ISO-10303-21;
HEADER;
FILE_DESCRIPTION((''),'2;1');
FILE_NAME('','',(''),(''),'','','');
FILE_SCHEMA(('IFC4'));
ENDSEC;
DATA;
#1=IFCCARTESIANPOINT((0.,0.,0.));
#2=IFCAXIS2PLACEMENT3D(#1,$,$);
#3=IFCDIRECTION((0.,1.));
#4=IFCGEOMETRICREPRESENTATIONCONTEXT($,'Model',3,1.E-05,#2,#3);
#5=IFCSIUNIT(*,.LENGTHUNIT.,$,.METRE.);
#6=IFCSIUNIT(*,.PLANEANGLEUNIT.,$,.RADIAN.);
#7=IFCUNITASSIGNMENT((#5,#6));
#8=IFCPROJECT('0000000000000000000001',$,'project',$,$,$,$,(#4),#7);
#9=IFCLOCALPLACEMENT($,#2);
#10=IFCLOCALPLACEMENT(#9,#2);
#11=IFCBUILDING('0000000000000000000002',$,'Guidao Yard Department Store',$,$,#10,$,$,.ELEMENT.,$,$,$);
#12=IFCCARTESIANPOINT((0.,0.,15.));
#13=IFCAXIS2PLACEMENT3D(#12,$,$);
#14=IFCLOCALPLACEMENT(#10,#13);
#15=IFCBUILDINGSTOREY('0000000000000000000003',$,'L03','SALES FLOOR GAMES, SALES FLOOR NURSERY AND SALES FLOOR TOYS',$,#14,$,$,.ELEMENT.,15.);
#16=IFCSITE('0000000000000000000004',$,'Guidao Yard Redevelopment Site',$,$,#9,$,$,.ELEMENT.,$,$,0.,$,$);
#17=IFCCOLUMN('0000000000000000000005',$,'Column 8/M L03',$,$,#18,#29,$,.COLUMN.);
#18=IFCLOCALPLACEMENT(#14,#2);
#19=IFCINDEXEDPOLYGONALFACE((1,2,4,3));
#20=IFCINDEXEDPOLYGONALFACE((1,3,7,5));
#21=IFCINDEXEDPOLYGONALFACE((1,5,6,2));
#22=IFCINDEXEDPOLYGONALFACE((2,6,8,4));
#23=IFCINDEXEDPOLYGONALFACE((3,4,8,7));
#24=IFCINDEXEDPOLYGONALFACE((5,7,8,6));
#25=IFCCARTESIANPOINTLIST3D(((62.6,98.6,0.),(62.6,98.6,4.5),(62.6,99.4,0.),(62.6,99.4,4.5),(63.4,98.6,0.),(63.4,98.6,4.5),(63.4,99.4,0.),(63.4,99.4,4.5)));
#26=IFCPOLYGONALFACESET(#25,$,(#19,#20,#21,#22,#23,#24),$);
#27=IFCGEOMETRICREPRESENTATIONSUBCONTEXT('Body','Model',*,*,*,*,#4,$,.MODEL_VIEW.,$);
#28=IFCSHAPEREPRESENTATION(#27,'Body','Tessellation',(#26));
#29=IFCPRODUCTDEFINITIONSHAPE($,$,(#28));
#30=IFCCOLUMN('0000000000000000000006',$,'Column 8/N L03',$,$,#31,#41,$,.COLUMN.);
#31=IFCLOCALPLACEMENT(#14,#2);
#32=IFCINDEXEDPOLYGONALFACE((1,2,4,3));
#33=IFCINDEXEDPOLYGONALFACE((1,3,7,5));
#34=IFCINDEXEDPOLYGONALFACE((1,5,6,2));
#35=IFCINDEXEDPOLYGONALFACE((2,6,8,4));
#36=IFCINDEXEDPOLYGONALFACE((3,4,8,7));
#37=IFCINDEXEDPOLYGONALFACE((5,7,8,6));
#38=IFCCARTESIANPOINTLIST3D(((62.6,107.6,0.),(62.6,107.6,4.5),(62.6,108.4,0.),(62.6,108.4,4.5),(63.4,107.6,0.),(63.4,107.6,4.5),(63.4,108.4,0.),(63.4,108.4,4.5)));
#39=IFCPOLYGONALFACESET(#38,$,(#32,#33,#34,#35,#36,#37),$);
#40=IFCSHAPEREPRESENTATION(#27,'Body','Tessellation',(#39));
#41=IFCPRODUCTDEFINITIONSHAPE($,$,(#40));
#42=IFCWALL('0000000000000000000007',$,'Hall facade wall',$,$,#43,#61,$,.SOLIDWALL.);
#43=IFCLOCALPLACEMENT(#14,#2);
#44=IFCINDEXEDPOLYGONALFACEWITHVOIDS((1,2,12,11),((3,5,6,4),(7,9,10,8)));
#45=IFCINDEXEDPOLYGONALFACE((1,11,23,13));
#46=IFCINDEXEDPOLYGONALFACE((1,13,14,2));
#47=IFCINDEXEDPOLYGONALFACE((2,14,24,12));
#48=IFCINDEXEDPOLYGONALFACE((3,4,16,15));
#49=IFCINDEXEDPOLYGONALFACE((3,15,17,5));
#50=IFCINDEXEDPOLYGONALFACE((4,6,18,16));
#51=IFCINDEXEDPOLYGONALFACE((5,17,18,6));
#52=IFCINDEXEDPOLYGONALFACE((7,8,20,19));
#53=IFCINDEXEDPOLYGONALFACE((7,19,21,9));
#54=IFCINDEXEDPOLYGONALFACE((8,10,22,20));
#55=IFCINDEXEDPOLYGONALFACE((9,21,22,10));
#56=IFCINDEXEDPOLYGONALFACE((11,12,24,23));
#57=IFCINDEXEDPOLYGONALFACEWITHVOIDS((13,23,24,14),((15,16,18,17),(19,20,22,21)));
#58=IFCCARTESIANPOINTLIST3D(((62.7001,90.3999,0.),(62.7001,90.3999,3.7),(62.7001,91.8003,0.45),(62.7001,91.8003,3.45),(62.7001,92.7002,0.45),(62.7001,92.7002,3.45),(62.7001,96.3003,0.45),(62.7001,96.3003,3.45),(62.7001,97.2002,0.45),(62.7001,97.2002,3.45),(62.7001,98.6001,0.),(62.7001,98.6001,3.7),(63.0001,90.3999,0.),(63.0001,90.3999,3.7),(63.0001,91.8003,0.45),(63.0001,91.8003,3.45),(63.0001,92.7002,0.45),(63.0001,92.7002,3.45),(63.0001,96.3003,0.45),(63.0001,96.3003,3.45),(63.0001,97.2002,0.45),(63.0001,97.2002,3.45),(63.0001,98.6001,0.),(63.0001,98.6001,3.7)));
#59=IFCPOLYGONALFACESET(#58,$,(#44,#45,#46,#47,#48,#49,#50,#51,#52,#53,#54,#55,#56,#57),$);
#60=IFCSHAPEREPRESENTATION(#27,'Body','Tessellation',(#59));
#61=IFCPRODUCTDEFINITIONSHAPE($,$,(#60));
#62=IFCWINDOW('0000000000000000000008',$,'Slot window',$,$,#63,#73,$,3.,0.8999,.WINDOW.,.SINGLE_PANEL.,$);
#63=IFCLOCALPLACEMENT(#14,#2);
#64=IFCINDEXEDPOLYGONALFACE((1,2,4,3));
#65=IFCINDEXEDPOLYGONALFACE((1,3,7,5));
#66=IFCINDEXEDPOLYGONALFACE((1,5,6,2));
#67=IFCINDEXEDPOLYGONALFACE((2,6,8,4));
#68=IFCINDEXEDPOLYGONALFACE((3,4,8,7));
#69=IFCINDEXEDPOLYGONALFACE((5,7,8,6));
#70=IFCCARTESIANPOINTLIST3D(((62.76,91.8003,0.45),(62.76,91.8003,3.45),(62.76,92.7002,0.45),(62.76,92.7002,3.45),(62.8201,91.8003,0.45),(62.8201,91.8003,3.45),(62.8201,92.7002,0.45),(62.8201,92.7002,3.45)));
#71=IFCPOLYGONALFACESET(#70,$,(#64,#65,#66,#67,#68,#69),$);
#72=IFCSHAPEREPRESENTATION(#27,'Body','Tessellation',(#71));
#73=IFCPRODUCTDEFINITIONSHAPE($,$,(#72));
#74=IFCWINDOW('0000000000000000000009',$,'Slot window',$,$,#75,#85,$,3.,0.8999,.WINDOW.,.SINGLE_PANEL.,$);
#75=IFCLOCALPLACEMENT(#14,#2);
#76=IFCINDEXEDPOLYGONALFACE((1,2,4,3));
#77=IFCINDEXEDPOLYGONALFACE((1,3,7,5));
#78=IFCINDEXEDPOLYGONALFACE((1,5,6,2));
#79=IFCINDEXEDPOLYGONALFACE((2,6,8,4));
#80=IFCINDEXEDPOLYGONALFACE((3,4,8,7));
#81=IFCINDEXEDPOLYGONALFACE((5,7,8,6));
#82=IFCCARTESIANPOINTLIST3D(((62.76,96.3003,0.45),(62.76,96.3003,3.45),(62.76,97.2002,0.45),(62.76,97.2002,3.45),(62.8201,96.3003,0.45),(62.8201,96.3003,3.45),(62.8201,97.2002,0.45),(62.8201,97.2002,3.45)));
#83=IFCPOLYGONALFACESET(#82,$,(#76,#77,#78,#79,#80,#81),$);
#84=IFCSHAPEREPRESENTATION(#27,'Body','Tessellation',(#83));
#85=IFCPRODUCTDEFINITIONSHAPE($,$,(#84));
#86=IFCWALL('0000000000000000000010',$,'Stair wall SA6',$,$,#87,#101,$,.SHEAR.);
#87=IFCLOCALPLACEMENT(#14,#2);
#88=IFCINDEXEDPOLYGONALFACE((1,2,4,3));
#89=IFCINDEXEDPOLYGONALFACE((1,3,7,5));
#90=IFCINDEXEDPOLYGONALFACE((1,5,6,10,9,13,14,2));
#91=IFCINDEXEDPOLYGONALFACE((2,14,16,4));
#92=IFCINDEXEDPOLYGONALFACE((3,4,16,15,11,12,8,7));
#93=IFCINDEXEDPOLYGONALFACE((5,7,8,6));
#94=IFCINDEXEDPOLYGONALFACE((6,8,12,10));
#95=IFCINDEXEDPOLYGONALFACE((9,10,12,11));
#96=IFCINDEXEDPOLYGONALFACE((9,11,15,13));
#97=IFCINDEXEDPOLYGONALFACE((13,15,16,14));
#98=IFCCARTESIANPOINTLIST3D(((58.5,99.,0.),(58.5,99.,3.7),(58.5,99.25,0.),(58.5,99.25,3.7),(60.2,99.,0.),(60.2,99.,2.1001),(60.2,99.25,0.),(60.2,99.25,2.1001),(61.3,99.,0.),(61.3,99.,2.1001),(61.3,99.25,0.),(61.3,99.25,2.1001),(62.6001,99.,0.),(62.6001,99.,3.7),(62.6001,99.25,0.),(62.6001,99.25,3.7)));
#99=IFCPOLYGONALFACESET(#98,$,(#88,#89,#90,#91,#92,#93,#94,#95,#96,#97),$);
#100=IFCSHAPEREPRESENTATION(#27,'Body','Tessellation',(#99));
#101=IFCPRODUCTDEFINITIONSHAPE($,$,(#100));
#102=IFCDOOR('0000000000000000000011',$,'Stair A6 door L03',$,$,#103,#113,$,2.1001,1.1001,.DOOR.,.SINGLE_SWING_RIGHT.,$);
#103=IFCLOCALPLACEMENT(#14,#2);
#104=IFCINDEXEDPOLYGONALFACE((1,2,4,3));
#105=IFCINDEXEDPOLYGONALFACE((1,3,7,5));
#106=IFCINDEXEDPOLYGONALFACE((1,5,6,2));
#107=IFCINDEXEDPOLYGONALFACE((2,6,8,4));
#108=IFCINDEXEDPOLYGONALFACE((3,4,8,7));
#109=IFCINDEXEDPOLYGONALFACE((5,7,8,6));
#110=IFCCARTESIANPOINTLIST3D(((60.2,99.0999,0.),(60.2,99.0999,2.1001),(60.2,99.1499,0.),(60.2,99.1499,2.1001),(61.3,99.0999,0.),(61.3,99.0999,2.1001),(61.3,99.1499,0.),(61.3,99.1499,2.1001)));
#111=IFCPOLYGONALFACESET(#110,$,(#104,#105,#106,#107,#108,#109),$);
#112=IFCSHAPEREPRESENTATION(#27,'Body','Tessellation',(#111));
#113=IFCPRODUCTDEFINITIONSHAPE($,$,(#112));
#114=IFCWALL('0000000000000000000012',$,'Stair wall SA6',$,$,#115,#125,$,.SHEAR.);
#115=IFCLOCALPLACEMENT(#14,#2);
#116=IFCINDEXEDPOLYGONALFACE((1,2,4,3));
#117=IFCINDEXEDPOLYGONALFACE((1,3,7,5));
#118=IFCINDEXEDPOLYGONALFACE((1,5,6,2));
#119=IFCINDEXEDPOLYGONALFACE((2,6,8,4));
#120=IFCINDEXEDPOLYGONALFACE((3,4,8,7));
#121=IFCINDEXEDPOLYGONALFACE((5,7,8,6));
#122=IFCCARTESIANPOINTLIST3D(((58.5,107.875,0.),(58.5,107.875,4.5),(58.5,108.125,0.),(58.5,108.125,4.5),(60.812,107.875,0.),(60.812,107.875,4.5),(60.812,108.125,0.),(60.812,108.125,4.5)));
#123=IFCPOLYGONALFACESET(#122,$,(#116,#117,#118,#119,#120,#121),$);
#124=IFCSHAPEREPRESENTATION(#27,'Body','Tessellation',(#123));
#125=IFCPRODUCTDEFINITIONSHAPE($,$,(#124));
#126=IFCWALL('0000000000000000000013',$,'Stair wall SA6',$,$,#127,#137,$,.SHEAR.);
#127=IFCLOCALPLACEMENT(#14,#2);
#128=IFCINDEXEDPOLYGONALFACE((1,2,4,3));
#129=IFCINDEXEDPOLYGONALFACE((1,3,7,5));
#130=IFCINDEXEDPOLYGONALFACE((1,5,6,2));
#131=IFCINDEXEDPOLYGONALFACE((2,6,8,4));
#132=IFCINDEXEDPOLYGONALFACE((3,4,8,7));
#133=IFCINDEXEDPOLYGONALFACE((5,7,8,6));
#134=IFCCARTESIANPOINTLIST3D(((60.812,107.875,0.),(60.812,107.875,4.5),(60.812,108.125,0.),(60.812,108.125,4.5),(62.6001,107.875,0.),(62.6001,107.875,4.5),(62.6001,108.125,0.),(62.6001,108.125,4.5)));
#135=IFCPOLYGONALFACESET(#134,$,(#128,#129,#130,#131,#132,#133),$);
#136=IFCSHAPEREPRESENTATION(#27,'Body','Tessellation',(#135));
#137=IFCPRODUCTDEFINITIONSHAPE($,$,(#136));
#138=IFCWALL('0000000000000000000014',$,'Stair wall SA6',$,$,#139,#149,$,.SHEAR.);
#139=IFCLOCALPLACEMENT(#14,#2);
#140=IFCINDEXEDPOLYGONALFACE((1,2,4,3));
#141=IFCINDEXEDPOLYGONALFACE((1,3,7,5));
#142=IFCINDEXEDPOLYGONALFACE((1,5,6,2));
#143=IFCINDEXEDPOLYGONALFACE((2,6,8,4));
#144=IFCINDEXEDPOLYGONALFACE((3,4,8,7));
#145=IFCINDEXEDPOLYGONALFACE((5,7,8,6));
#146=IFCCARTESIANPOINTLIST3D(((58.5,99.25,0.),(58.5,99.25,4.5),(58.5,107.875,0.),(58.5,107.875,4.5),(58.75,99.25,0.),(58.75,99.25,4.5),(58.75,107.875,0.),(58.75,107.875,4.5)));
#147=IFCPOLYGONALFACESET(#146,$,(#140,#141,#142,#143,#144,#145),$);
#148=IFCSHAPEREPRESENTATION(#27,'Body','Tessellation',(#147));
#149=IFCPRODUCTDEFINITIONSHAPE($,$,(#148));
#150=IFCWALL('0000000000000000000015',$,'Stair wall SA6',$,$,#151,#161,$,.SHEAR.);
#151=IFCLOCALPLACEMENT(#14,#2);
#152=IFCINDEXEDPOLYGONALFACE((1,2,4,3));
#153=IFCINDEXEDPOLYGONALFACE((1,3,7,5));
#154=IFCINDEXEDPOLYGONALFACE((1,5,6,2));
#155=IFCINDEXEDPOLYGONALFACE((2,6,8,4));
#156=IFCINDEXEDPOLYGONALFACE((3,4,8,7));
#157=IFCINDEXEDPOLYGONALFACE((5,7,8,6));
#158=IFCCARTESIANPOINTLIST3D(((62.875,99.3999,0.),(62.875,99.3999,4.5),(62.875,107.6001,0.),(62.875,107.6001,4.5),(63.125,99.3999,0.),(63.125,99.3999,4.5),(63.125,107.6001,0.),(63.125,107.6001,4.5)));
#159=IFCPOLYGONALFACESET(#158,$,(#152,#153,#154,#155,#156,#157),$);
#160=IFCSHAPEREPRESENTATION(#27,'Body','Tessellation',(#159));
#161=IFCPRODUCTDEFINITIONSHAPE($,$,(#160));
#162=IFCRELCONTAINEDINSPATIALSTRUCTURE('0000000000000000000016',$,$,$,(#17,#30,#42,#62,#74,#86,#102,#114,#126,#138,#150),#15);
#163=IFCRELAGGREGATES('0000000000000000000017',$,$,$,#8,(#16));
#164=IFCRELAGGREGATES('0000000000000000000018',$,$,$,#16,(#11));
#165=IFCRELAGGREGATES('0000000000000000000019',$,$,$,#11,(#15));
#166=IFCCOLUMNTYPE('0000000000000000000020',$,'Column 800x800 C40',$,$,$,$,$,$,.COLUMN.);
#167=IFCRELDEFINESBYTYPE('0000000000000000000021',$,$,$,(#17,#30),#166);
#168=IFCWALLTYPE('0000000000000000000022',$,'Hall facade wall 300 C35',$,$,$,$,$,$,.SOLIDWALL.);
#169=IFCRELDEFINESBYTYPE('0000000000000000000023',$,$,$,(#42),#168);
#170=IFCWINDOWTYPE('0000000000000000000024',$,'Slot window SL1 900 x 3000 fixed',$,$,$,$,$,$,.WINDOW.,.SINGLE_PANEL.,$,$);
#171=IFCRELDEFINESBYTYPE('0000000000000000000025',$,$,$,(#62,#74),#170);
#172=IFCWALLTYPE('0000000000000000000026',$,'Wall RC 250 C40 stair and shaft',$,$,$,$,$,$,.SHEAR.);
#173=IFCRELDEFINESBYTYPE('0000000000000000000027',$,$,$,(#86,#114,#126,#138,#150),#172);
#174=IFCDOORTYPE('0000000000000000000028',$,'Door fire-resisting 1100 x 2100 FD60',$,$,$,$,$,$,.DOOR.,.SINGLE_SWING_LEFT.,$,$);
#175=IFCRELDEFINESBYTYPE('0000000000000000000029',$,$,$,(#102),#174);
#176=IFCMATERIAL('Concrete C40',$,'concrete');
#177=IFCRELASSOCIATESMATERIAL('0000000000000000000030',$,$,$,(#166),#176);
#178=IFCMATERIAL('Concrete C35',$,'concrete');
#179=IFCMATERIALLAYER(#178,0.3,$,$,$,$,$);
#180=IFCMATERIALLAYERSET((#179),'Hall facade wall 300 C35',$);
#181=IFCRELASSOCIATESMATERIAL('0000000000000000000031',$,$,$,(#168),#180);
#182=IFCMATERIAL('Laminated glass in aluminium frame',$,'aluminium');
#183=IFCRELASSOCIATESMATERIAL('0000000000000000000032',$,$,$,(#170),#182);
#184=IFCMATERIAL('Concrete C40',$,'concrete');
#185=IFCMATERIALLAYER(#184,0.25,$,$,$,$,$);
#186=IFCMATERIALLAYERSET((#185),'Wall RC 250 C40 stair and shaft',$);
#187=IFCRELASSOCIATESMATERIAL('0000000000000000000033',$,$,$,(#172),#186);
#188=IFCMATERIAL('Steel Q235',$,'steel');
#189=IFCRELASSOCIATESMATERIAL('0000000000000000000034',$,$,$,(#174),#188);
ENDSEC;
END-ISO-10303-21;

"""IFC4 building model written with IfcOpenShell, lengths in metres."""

from ifc_helpers import new_model, si_unit, direction, frame, frame_2d, origin, origin_2d, place, context, subcontext, project, spatial, rectangle, extrude, material, layer, layer_set, material_profile, profile_set, type_object, element, fill, save


model = new_model("IFC4")

# Units and contexts
model_context = context("Model", 3, precision=1e-05, world=origin(), true_north=direction((0.0, 1.0)))
body_context = subcontext(model_context, "Body", "Model", "MODEL_VIEW")
ifc_project = project(units=[si_unit("LENGTHUNIT", "METRE"), si_unit("PLANEANGLEUNIT", "RADIAN")], contexts=[model_context])

# Site, building, storey
site_placement = place(None, origin())
site = spatial("IfcSite", under=ifc_project, at=site_placement, Name="Guidao Yard Redevelopment Site", CompositionType="ELEMENT", RefElevation=0.0)
building_placement = place(site_placement, origin())
building = spatial("IfcBuilding", under=site, at=building_placement, Name="Guidao Yard Department Store", CompositionType="ELEMENT")
storey_placement = place(building_placement, frame((0.0, 0.0, 15.0)))
storey = spatial("IfcBuildingStorey", under=building, at=storey_placement, Name="L03", Description="SALES FLOOR GAMES, SALES FLOOR NURSERY AND SALES FLOOR TOYS", CompositionType="ELEMENT", Elevation=15.0)

# Columns
ifc_material_1 = material(Name="Concrete C40", Category="concrete")
ifc_material_profile = material_profile(ifc_material_1, rectangle(XDim=0.8, YDim=0.8, at=origin_2d()), Name="COL 800x800")
ifc_profile_set = profile_set([ifc_material_profile], Name="Concrete C40")
column_type = type_object("IfcColumnType", Name="Column 800x800 C40", PredefinedType="COLUMN", material=ifc_profile_set)
for number, where, z_axis, x_axis, name in (
    (1, (63.0, 99.0, 0.0), (0.0, 0.0, 1.0), (1.0, 0.0, 0.0), "Column 8/M L03"),
    (2, (63.0, 108.0, 0.0), (0.0, 0.0, 1.0), (1.0, 0.0, 0.0), "Column 8/N L03"),
):
    element("IfcColumn", number, at=place(storey_placement, frame(where, z_axis=z_axis, x_axis=x_axis)), inside=storey, type_object=column_type, Name=name, PredefinedType="COLUMN", context=body_context, shape_type="SweptSolid", body=[
        extrude(rectangle(XDim=0.8, YDim=0.8, at=origin_2d()), origin(), (0.0, 0.0, 1.0), 4.5),
    ])

# Wall, openings, windows
ifc_material_2 = material(Name="Concrete C35", Category="concrete")
ifc_layer_1 = layer(ifc_material_2, 0.3)
ifc_layer_set_1 = layer_set([ifc_layer_1], Name="Hall facade wall 300 C35")
wall_type_1 = type_object("IfcWallType", Name="Hall facade wall 300 C35", PredefinedType="SOLIDWALL", material=ifc_layer_set_1)
wall_1_placement = place(storey_placement, frame((62.8501, 98.6001, 0.0), z_axis=(0.0, 0.0, 1.0), x_axis=(0.0, -1.0, 0.0)))
wall_1 = element("IfcWall", 3, at=wall_1_placement, inside=storey, type_object=wall_type_1, Name="Hall facade wall", PredefinedType="SOLIDWALL", context=body_context, shape_type="SweptSolid", body=[
    extrude(rectangle(XDim=8.2002, YDim=0.3, at=frame_2d((4.1001, 0.0))), origin(), (0.0, 0.0, 1.0), 3.7),
])
opening_1_placement = place(wall_1_placement, frame((5.8999, 0.0, 0.45)))
opening_1 = element("IfcOpeningElement", 4, at=opening_1_placement, cuts=wall_1, PredefinedType="OPENING", context=body_context, shape_type="SweptSolid", body=[
    extrude(rectangle(XDim=0.8999, YDim=3.0, at=frame_2d((0.45, 1.5))), frame((0.0, 0.1599, 0.0), z_axis=(0.0, -1.0, 0.0), x_axis=(1.0, 0.0, 0.0)), (0.0, 0.0, 1.0), 0.3201),
])
opening_2_placement = place(wall_1_placement, frame((1.3999, 0.0, 0.45)))
opening_2 = element("IfcOpeningElement", 5, at=opening_2_placement, cuts=wall_1, PredefinedType="OPENING", context=body_context, shape_type="SweptSolid", body=[
    extrude(rectangle(XDim=0.8999, YDim=3.0, at=frame_2d((0.45, 1.5))), frame((0.0, 0.1599, 0.0), z_axis=(0.0, -1.0, 0.0), x_axis=(1.0, 0.0, 0.0)), (0.0, 0.0, 1.0), 0.3201),
])
ifc_material_3 = material(Name="Laminated glass in aluminium frame", Category="aluminium")
window_type = type_object("IfcWindowType", Name="Slot window SL1 900 x 3000 fixed", PartitioningType="SINGLE_PANEL", PredefinedType="WINDOW", material=ifc_material_3)
window_1_placement = place(opening_1_placement, origin())
window_1 = element("IfcWindow", 6, at=window_1_placement, inside=storey, type_object=window_type, Name="Slot window", OverallHeight=3.0, OverallWidth=0.8999, PartitioningType="SINGLE_PANEL", PredefinedType="WINDOW", context=body_context, shape_type="SweptSolid", body=[
    extrude(rectangle(XDim=0.8999, YDim=3.0, at=frame_2d((0.45, 1.5))), frame((0.0, -0.03, 0.0), z_axis=(0.0, -1.0, 0.0), x_axis=(1.0, 0.0, 0.0)), (0.0, 0.0, 1.0), 0.0601),
])
fill(opening_1, window_1)
window_2_placement = place(opening_2_placement, origin())
window_2 = element("IfcWindow", 7, at=window_2_placement, inside=storey, type_object=window_type, Name="Slot window", OverallHeight=3.0, OverallWidth=0.8999, PartitioningType="SINGLE_PANEL", PredefinedType="WINDOW", context=body_context, shape_type="SweptSolid", body=[
    extrude(rectangle(XDim=0.8999, YDim=3.0, at=frame_2d((0.45, 1.5))), frame((0.0, -0.03, 0.0), z_axis=(0.0, -1.0, 0.0), x_axis=(1.0, 0.0, 0.0)), (0.0, 0.0, 1.0), 0.0601),
])
fill(opening_2, window_2)

# Wall, opening, door
ifc_material_4 = material(Name="Concrete C40", Category="concrete")
ifc_layer_2 = layer(ifc_material_4, 0.25)
ifc_layer_set_2 = layer_set([ifc_layer_2], Name="Wall RC 250 C40 stair and shaft")
wall_type_2 = type_object("IfcWallType", Name="Wall RC 250 C40 stair and shaft", PredefinedType="SHEAR", material=ifc_layer_set_2)
wall_2_placement = place(storey_placement, frame((58.5, 99.125, 0.0), z_axis=(0.0, 0.0, 1.0), x_axis=(1.0, 0.0, 0.0)))
wall_2 = element("IfcWall", 8, at=wall_2_placement, inside=storey, type_object=wall_type_2, Name="Stair wall SA6", PredefinedType="SHEAR", context=body_context, shape_type="SweptSolid", body=[
    extrude(rectangle(XDim=4.1001, YDim=0.25, at=frame_2d((2.05, 0.0))), origin(), (0.0, 0.0, 1.0), 3.7),
])
opening_3_placement = place(wall_2_placement, frame((1.7, 0.0, 0.0)))
opening_3 = element("IfcOpeningElement", 9, at=opening_3_placement, cuts=wall_2, PredefinedType="OPENING", context=body_context, shape_type="SweptSolid", body=[
    extrude(rectangle(XDim=1.1001, YDim=2.1001, at=frame_2d((0.55, 1.05))), frame((0.0, 0.135, 0.0), z_axis=(0.0, -1.0, 0.0), x_axis=(1.0, 0.0, 0.0)), (0.0, 0.0, 1.0), 0.27),
])
ifc_material_5 = material(Name="Steel Q235", Category="steel")
door_type = type_object("IfcDoorType", Name="Door fire-resisting 1100 x 2100 FD60", OperationType="SINGLE_SWING_LEFT", PredefinedType="DOOR", material=ifc_material_5)
door_placement = place(opening_3_placement, origin())
door = element("IfcDoor", 10, at=door_placement, inside=storey, type_object=door_type, Name="Stair A6 door L03", OperationType="SINGLE_SWING_RIGHT", OverallHeight=2.1001, OverallWidth=1.1001, PredefinedType="DOOR", context=body_context, shape_type="SweptSolid", body=[
    extrude(rectangle(XDim=1.1001, YDim=2.1001, at=frame_2d((0.55, 1.05))), frame((0.0, 0.0249, 0.0), z_axis=(0.0, -1.0, 0.0), x_axis=(1.0, 0.0, 0.0)), (0.0, 0.0, 1.0), 0.05),
])
fill(opening_3, door)

# Walls
wall_3_placement = place(storey_placement, frame((58.5, 108.0, 0.0), z_axis=(0.0, 0.0, 1.0), x_axis=(1.0, 0.0, 0.0)))
element("IfcWall", 11, at=wall_3_placement, inside=storey, type_object=wall_type_2, Name="Stair wall SA6", PredefinedType="SHEAR", context=body_context, shape_type="SweptSolid", body=[
    extrude(rectangle(XDim=2.312, YDim=0.25, at=frame_2d((1.156, 0.0))), origin(), (0.0, 0.0, 1.0), 4.5),
])
wall_4_placement = place(storey_placement, frame((60.812, 108.0, 0.0), z_axis=(0.0, 0.0, 1.0), x_axis=(1.0, 0.0, 0.0)))
element("IfcWall", 12, at=wall_4_placement, inside=storey, type_object=wall_type_2, Name="Stair wall SA6", PredefinedType="SHEAR", context=body_context, shape_type="SweptSolid", body=[
    extrude(rectangle(XDim=1.7881, YDim=0.25, at=frame_2d((0.894, 0.0))), origin(), (0.0, 0.0, 1.0), 4.5),
])
wall_5_placement = place(storey_placement, frame((58.625, 99.25, 0.0), z_axis=(0.0, 0.0, 1.0), x_axis=(0.0, 1.0, 0.0)))
element("IfcWall", 13, at=wall_5_placement, inside=storey, type_object=wall_type_2, Name="Stair wall SA6", PredefinedType="SHEAR", context=body_context, shape_type="SweptSolid", body=[
    extrude(rectangle(XDim=8.625, YDim=0.25, at=frame_2d((4.3125, 0.0))), origin(), (0.0, 0.0, 1.0), 4.5),
])
wall_6_placement = place(storey_placement, frame((63.0, 99.3999, 0.0), z_axis=(0.0, 0.0, 1.0), x_axis=(0.0, 1.0, 0.0)))
element("IfcWall", 14, at=wall_6_placement, inside=storey, type_object=wall_type_2, Name="Stair wall SA6", PredefinedType="SHEAR", context=body_context, shape_type="SweptSolid", body=[
    extrude(rectangle(XDim=8.2002, YDim=0.25, at=frame_2d((4.1001, 0.0))), origin(), (0.0, 0.0, 1.0), 4.5),
])

save(model, "model.ifc")
